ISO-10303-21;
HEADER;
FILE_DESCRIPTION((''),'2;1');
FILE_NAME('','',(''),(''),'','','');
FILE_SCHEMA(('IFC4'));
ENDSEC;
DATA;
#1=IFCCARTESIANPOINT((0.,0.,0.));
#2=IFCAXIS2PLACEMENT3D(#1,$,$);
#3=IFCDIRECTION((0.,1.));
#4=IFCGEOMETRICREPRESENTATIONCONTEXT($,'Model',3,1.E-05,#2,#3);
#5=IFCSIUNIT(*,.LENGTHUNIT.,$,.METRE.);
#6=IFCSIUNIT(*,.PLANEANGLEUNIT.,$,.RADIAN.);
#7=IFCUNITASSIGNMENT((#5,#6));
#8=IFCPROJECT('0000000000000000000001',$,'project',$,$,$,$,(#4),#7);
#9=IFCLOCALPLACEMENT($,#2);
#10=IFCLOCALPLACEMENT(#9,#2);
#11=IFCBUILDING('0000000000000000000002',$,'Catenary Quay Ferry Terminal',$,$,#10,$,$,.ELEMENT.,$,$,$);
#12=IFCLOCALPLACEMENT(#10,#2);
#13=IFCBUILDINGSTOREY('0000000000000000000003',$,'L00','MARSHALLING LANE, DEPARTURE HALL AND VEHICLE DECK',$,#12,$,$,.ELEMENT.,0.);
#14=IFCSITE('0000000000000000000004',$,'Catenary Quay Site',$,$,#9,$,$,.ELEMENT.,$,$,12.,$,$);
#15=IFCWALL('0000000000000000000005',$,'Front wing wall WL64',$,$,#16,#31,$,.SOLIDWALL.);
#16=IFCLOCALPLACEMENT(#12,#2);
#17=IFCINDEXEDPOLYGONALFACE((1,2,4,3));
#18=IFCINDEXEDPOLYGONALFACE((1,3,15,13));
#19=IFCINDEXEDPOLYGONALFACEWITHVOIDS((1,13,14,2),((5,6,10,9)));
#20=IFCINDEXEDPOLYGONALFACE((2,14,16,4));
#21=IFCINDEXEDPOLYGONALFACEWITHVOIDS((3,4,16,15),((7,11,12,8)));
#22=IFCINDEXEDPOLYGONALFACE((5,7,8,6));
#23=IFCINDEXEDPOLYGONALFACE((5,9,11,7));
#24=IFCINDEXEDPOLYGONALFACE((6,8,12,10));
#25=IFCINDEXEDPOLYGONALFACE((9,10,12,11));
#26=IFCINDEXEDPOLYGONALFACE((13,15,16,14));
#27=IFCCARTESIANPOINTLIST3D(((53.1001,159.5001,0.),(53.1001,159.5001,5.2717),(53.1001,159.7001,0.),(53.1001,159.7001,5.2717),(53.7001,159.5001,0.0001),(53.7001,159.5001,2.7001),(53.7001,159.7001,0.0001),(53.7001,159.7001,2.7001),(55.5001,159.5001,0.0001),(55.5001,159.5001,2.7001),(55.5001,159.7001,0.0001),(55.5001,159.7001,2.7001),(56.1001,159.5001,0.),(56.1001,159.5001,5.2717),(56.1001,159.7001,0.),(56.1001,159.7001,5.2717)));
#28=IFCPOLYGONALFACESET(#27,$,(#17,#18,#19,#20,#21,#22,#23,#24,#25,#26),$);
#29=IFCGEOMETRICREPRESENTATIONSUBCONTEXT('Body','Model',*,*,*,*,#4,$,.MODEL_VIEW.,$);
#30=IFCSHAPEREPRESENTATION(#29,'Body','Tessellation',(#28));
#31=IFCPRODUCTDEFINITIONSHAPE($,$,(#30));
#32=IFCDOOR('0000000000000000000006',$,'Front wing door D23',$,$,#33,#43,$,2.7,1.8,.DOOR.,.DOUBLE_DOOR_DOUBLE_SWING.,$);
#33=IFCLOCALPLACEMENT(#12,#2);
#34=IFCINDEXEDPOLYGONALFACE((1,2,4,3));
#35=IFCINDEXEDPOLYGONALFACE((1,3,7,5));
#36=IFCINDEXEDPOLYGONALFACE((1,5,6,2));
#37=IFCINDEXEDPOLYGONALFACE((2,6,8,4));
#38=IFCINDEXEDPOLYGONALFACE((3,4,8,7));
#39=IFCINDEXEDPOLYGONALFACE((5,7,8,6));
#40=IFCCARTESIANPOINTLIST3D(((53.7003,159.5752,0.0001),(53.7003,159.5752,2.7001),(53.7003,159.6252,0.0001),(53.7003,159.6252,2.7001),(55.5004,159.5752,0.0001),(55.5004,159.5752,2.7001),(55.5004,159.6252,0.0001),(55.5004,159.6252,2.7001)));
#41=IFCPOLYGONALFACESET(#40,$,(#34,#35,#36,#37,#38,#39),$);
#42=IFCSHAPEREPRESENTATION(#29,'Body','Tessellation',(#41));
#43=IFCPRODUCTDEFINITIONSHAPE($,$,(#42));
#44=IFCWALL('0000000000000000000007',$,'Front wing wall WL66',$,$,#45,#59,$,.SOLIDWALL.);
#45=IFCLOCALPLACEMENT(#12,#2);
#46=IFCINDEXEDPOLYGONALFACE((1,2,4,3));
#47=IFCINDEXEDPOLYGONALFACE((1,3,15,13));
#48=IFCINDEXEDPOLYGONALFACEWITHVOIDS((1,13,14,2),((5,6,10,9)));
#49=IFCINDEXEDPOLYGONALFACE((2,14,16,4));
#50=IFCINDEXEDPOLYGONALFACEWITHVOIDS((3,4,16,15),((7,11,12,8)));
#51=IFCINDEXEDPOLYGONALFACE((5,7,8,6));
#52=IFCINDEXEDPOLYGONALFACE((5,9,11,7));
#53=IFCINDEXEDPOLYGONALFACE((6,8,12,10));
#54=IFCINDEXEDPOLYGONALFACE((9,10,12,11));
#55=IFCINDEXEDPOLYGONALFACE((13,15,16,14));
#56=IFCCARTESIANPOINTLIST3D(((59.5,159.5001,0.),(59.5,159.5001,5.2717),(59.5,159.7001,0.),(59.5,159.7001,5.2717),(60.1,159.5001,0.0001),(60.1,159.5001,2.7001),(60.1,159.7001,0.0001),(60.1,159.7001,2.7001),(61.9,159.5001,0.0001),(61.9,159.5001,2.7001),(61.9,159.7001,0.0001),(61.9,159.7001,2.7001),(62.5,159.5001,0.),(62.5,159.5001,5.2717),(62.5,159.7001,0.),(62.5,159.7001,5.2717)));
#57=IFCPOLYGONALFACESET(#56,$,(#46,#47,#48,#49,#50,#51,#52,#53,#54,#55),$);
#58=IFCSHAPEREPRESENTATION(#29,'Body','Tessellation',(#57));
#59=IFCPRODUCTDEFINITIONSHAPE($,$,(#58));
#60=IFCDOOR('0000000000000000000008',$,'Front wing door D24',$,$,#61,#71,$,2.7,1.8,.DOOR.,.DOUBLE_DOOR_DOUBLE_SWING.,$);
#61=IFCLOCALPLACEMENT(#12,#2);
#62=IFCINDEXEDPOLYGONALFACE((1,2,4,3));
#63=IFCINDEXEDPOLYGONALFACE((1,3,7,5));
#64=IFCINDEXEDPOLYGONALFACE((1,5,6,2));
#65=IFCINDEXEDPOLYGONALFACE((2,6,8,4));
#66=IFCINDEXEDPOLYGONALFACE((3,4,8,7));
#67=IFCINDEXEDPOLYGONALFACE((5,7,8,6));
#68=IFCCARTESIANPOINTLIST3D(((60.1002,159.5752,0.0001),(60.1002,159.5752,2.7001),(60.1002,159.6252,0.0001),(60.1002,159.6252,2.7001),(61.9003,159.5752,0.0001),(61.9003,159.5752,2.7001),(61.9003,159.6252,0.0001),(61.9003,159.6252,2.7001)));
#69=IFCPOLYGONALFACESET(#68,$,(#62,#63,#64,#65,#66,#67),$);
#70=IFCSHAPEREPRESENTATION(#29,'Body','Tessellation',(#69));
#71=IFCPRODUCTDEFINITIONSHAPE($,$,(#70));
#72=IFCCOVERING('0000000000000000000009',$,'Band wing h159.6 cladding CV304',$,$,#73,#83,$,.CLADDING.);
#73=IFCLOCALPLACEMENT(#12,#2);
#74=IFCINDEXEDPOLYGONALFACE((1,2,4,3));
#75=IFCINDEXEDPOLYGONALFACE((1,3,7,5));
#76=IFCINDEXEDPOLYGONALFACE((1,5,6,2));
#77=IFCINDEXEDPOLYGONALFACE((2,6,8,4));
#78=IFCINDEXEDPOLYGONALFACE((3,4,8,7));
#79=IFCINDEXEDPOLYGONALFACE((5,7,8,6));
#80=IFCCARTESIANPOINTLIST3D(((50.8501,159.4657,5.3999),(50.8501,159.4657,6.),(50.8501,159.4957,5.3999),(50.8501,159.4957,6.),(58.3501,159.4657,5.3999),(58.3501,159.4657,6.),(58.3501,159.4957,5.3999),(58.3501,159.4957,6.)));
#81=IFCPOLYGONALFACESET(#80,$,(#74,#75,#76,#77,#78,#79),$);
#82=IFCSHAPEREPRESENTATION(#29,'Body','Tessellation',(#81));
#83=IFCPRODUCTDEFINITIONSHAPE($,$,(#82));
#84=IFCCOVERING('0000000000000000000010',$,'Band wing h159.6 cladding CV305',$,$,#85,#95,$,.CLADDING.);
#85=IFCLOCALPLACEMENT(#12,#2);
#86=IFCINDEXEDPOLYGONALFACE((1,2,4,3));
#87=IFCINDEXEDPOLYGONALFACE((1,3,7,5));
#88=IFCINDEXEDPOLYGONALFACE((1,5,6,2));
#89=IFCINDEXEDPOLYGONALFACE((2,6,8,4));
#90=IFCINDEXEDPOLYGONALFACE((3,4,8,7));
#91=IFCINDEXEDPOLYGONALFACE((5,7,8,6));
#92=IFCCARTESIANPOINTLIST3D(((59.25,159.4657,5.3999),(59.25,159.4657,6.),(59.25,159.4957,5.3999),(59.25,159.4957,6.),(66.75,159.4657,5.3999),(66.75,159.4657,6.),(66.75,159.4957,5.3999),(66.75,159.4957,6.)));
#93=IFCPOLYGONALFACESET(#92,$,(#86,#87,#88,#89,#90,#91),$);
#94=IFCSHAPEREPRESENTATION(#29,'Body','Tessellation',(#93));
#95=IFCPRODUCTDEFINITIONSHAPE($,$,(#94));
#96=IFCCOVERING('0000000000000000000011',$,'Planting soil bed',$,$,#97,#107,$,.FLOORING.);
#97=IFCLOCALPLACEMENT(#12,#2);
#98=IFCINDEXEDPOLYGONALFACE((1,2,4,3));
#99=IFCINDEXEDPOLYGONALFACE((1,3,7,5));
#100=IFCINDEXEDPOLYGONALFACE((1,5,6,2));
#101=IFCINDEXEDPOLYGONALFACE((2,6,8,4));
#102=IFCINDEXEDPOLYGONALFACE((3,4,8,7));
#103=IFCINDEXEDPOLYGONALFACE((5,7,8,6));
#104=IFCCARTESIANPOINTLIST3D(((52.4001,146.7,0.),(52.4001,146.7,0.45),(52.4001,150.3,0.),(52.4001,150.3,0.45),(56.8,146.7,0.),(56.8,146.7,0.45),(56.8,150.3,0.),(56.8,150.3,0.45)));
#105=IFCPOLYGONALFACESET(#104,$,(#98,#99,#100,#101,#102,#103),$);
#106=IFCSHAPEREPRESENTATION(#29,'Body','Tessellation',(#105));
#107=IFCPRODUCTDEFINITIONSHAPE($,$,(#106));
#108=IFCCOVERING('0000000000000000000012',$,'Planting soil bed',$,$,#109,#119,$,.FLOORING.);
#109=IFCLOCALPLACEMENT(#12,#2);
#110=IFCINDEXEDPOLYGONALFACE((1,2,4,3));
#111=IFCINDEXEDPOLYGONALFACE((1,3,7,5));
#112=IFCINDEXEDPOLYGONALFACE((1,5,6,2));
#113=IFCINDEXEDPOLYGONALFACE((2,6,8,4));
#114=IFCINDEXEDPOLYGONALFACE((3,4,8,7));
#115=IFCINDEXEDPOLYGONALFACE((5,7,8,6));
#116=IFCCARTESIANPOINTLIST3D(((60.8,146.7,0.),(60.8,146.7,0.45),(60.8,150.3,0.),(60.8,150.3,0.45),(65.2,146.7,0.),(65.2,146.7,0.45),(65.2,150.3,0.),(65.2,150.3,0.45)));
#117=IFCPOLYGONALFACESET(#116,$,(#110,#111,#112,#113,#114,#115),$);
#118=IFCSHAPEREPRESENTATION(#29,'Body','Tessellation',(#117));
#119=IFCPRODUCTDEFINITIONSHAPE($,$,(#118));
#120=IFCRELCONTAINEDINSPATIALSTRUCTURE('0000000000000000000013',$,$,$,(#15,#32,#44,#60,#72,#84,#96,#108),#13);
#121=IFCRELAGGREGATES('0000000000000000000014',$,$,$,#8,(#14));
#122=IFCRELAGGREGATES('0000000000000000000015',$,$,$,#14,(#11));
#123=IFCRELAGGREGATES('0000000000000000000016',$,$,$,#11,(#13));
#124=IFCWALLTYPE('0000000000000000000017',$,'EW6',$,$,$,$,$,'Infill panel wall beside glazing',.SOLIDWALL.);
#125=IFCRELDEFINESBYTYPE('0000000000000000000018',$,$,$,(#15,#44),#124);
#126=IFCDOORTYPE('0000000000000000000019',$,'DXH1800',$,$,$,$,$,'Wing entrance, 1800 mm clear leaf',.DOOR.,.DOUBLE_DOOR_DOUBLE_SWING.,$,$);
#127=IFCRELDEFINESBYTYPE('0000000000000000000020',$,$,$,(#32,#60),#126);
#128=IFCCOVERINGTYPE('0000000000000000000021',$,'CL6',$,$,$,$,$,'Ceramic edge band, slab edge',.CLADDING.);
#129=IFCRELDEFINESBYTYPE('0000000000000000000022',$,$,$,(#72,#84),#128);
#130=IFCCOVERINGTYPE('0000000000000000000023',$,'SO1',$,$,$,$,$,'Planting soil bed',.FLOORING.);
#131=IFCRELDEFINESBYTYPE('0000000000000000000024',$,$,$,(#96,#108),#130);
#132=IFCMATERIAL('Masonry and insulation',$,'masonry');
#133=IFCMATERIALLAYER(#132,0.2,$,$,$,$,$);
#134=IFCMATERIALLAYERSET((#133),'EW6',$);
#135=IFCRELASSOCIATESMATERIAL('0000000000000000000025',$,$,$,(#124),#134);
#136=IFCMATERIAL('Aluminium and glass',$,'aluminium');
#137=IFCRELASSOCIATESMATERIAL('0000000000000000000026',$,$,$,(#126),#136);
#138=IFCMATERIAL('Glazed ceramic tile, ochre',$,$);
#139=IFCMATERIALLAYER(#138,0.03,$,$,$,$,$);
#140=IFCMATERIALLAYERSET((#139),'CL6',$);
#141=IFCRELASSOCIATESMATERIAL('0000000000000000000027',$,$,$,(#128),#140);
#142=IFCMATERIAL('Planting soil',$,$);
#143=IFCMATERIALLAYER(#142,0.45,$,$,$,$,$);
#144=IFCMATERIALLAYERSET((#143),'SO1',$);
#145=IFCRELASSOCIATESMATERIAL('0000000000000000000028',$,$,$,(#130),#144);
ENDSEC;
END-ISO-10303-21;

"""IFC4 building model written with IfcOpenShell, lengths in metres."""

from ifc_helpers import new_model, si_unit, direction, frame, frame_2d, origin, origin_2d, place, context, subcontext, project, spatial, rectangle, extrude, material, layer, layer_set, type_object, element, fill, save


model = new_model("IFC4")

# Units and contexts
model_context = context("Model", 3, precision=1e-05, world=origin(), true_north=direction((0.0, 1.0)))
body_context = subcontext(model_context, "Body", "Model", "MODEL_VIEW")
ifc_project = project(units=[si_unit("LENGTHUNIT", "METRE"), si_unit("PLANEANGLEUNIT", "RADIAN")], contexts=[model_context])

# Site, building, storey
site_placement = place(None, origin())
site = spatial("IfcSite", under=ifc_project, at=site_placement, Name="Catenary Quay Site", CompositionType="ELEMENT", RefElevation=12.0)
building_placement = place(site_placement, origin())
building = spatial("IfcBuilding", under=site, at=building_placement, Name="Catenary Quay Ferry Terminal", CompositionType="ELEMENT")
storey_placement = place(building_placement, origin())
storey = spatial("IfcBuildingStorey", under=building, at=storey_placement, Name="L00", Description="MARSHALLING LANE, DEPARTURE HALL AND VEHICLE DECK", CompositionType="ELEMENT", Elevation=0.0)

# Walls, openings, doors
ifc_material_1 = material(Name="Masonry and insulation", Category="masonry")
ifc_layer_1 = layer(ifc_material_1, 0.2)
ifc_layer_set_1 = layer_set([ifc_layer_1], Name="EW6")
wall_type_1 = type_object("IfcWallType", Name="EW6", ElementType="Infill panel wall beside glazing", PredefinedType="SOLIDWALL", material=ifc_layer_set_1)
wall_1_placement = place(storey_placement, frame((53.1001, 159.6001, 0.0), z_axis=(0.0, 0.0, 1.0), x_axis=(1.0, 0.0, 0.0)))
wall_1 = element("IfcWall", 1, at=wall_1_placement, inside=storey, type_object=wall_type_1, Name="Front wing wall WL64", PredefinedType="SOLIDWALL", context=body_context, shape_type="SweptSolid", body=[
    extrude(rectangle(XDim=3.0, YDim=0.2, at=frame_2d((1.5, 0.0))), origin(), (0.0, 0.0, 1.0), 5.2717),
])
opening_1_placement = place(wall_1_placement, frame((0.6001, 0.0, 0.0)))
opening_1 = element("IfcOpeningElement", 2, at=opening_1_placement, cuts=wall_1, PredefinedType="OPENING", context=body_context, shape_type="SweptSolid", body=[
    extrude(rectangle(XDim=1.8, YDim=2.7, at=frame_2d((0.8999, 1.3501))), frame((0.0, 0.1099, 0.0), z_axis=(0.0, -1.0, 0.0), x_axis=(1.0, 0.0, 0.0)), (0.0, 0.0, 1.0), 0.22),
])
ifc_material_2 = material(Name="Aluminium and glass", Category="aluminium")
door_type = type_object("IfcDoorType", Name="DXH1800", ElementType="Wing entrance, 1800 mm clear leaf", OperationType="DOUBLE_DOOR_DOUBLE_SWING", PredefinedType="DOOR", material=ifc_material_2)
door_1_placement = place(opening_1_placement, frame((1.8, 0.0, 0.0), z_axis=(0.0, 0.0, 1.0), x_axis=(-1.0, 0.0, 0.0)))
door_1 = element("IfcDoor", 3, at=door_1_placement, inside=storey, type_object=door_type, Name="Front wing door D23", OperationType="DOUBLE_DOOR_DOUBLE_SWING", OverallHeight=2.7, OverallWidth=1.8, PredefinedType="DOOR", context=body_context, shape_type="SweptSolid", body=[
    extrude(rectangle(XDim=1.8, YDim=2.7, at=frame_2d((0.8999, 1.3501))), frame((0.0, 0.0249, 0.0), z_axis=(0.0, -1.0, 0.0), x_axis=(1.0, 0.0, 0.0)), (0.0, 0.0, 1.0), 0.05),
])
fill(opening_1, door_1)
wall_2_placement = place(storey_placement, frame((59.5, 159.6001, 0.0), z_axis=(0.0, 0.0, 1.0), x_axis=(1.0, 0.0, 0.0)))
wall_2 = element("IfcWall", 4, at=wall_2_placement, inside=storey, type_object=wall_type_1, Name="Front wing wall WL66", PredefinedType="SOLIDWALL", context=body_context, shape_type="SweptSolid", body=[
    extrude(rectangle(XDim=3.0, YDim=0.2, at=frame_2d((1.5, 0.0))), origin(), (0.0, 0.0, 1.0), 5.2717),
])
opening_2_placement = place(wall_2_placement, frame((0.6001, 0.0, 0.0)))
opening_2 = element("IfcOpeningElement", 5, at=opening_2_placement, cuts=wall_2, PredefinedType="OPENING", context=body_context, shape_type="SweptSolid", body=[
    extrude(rectangle(XDim=1.8, YDim=2.7, at=frame_2d((0.8999, 1.3501))), frame((0.0, 0.1099, 0.0), z_axis=(0.0, -1.0, 0.0), x_axis=(1.0, 0.0, 0.0)), (0.0, 0.0, 1.0), 0.22),
])
door_2_placement = place(opening_2_placement, frame((1.8, 0.0, 0.0), z_axis=(0.0, 0.0, 1.0), x_axis=(-1.0, 0.0, 0.0)))
door_2 = element("IfcDoor", 6, at=door_2_placement, inside=storey, type_object=door_type, Name="Front wing door D24", OperationType="DOUBLE_DOOR_DOUBLE_SWING", OverallHeight=2.7, OverallWidth=1.8, PredefinedType="DOOR", context=body_context, shape_type="SweptSolid", body=[
    extrude(rectangle(XDim=1.8, YDim=2.7, at=frame_2d((0.8999, 1.3501))), frame((0.0, 0.0249, 0.0), z_axis=(0.0, -1.0, 0.0), x_axis=(1.0, 0.0, 0.0)), (0.0, 0.0, 1.0), 0.05),
])
fill(opening_2, door_2)

# Coverings
ifc_material_3 = material(Name="Glazed ceramic tile, ochre")
ifc_layer_2 = layer(ifc_material_3, 0.03)
ifc_layer_set_2 = layer_set([ifc_layer_2], Name="CL6")
covering_type_1 = type_object("IfcCoveringType", Name="CL6", ElementType="Ceramic edge band, slab edge", PredefinedType="CLADDING", material=ifc_layer_set_2)
for number, where, z_axis, x_axis, name in (
    (7, (54.6001, 159.4807, 5.3999), (0.0, 0.0, 1.0), (1.0, 0.0, 0.0), "Band wing h159.6 cladding CV304"),
    (8, (63.0, 159.4807, 5.3999), (0.0, 0.0, 1.0), (1.0, 0.0, 0.0), "Band wing h159.6 cladding CV305"),
):
    element("IfcCovering", number, at=place(storey_placement, frame(where, z_axis=z_axis, x_axis=x_axis)), inside=storey, type_object=covering_type_1, Name=name, PredefinedType="CLADDING", context=body_context, shape_type="SweptSolid", body=[
        extrude(rectangle(XDim=7.5, YDim=0.03, at=origin_2d()), origin(), (0.0, 0.0, 1.0), 0.6001),
    ])
ifc_material_4 = material(Name="Planting soil")
ifc_layer_3 = layer(ifc_material_4, 0.45)
ifc_layer_set_3 = layer_set([ifc_layer_3], Name="SO1")
covering_type_2 = type_object("IfcCoveringType", Name="SO1", ElementType="Planting soil bed", PredefinedType="FLOORING", material=ifc_layer_set_3)
for number, where, z_axis, x_axis, name in (
    (9, (54.6001, 148.5, 0.0), (0.0, 0.0, 1.0), (1.0, 0.0, 0.0), "Planting soil bed"),
    (10, (63.0, 148.5, 0.0), (0.0, 0.0, 1.0), (1.0, 0.0, 0.0), "Planting soil bed"),
):
    element("IfcCovering", number, at=place(storey_placement, frame(where, z_axis=z_axis, x_axis=x_axis)), inside=storey, type_object=covering_type_2, Name=name, PredefinedType="FLOORING", context=body_context, shape_type="SweptSolid", body=[
        extrude(rectangle(XDim=4.3999, YDim=3.6001, at=origin_2d()), origin(), (0.0, 0.0, 1.0), 0.45),
    ])

save(model, "model.ifc")
